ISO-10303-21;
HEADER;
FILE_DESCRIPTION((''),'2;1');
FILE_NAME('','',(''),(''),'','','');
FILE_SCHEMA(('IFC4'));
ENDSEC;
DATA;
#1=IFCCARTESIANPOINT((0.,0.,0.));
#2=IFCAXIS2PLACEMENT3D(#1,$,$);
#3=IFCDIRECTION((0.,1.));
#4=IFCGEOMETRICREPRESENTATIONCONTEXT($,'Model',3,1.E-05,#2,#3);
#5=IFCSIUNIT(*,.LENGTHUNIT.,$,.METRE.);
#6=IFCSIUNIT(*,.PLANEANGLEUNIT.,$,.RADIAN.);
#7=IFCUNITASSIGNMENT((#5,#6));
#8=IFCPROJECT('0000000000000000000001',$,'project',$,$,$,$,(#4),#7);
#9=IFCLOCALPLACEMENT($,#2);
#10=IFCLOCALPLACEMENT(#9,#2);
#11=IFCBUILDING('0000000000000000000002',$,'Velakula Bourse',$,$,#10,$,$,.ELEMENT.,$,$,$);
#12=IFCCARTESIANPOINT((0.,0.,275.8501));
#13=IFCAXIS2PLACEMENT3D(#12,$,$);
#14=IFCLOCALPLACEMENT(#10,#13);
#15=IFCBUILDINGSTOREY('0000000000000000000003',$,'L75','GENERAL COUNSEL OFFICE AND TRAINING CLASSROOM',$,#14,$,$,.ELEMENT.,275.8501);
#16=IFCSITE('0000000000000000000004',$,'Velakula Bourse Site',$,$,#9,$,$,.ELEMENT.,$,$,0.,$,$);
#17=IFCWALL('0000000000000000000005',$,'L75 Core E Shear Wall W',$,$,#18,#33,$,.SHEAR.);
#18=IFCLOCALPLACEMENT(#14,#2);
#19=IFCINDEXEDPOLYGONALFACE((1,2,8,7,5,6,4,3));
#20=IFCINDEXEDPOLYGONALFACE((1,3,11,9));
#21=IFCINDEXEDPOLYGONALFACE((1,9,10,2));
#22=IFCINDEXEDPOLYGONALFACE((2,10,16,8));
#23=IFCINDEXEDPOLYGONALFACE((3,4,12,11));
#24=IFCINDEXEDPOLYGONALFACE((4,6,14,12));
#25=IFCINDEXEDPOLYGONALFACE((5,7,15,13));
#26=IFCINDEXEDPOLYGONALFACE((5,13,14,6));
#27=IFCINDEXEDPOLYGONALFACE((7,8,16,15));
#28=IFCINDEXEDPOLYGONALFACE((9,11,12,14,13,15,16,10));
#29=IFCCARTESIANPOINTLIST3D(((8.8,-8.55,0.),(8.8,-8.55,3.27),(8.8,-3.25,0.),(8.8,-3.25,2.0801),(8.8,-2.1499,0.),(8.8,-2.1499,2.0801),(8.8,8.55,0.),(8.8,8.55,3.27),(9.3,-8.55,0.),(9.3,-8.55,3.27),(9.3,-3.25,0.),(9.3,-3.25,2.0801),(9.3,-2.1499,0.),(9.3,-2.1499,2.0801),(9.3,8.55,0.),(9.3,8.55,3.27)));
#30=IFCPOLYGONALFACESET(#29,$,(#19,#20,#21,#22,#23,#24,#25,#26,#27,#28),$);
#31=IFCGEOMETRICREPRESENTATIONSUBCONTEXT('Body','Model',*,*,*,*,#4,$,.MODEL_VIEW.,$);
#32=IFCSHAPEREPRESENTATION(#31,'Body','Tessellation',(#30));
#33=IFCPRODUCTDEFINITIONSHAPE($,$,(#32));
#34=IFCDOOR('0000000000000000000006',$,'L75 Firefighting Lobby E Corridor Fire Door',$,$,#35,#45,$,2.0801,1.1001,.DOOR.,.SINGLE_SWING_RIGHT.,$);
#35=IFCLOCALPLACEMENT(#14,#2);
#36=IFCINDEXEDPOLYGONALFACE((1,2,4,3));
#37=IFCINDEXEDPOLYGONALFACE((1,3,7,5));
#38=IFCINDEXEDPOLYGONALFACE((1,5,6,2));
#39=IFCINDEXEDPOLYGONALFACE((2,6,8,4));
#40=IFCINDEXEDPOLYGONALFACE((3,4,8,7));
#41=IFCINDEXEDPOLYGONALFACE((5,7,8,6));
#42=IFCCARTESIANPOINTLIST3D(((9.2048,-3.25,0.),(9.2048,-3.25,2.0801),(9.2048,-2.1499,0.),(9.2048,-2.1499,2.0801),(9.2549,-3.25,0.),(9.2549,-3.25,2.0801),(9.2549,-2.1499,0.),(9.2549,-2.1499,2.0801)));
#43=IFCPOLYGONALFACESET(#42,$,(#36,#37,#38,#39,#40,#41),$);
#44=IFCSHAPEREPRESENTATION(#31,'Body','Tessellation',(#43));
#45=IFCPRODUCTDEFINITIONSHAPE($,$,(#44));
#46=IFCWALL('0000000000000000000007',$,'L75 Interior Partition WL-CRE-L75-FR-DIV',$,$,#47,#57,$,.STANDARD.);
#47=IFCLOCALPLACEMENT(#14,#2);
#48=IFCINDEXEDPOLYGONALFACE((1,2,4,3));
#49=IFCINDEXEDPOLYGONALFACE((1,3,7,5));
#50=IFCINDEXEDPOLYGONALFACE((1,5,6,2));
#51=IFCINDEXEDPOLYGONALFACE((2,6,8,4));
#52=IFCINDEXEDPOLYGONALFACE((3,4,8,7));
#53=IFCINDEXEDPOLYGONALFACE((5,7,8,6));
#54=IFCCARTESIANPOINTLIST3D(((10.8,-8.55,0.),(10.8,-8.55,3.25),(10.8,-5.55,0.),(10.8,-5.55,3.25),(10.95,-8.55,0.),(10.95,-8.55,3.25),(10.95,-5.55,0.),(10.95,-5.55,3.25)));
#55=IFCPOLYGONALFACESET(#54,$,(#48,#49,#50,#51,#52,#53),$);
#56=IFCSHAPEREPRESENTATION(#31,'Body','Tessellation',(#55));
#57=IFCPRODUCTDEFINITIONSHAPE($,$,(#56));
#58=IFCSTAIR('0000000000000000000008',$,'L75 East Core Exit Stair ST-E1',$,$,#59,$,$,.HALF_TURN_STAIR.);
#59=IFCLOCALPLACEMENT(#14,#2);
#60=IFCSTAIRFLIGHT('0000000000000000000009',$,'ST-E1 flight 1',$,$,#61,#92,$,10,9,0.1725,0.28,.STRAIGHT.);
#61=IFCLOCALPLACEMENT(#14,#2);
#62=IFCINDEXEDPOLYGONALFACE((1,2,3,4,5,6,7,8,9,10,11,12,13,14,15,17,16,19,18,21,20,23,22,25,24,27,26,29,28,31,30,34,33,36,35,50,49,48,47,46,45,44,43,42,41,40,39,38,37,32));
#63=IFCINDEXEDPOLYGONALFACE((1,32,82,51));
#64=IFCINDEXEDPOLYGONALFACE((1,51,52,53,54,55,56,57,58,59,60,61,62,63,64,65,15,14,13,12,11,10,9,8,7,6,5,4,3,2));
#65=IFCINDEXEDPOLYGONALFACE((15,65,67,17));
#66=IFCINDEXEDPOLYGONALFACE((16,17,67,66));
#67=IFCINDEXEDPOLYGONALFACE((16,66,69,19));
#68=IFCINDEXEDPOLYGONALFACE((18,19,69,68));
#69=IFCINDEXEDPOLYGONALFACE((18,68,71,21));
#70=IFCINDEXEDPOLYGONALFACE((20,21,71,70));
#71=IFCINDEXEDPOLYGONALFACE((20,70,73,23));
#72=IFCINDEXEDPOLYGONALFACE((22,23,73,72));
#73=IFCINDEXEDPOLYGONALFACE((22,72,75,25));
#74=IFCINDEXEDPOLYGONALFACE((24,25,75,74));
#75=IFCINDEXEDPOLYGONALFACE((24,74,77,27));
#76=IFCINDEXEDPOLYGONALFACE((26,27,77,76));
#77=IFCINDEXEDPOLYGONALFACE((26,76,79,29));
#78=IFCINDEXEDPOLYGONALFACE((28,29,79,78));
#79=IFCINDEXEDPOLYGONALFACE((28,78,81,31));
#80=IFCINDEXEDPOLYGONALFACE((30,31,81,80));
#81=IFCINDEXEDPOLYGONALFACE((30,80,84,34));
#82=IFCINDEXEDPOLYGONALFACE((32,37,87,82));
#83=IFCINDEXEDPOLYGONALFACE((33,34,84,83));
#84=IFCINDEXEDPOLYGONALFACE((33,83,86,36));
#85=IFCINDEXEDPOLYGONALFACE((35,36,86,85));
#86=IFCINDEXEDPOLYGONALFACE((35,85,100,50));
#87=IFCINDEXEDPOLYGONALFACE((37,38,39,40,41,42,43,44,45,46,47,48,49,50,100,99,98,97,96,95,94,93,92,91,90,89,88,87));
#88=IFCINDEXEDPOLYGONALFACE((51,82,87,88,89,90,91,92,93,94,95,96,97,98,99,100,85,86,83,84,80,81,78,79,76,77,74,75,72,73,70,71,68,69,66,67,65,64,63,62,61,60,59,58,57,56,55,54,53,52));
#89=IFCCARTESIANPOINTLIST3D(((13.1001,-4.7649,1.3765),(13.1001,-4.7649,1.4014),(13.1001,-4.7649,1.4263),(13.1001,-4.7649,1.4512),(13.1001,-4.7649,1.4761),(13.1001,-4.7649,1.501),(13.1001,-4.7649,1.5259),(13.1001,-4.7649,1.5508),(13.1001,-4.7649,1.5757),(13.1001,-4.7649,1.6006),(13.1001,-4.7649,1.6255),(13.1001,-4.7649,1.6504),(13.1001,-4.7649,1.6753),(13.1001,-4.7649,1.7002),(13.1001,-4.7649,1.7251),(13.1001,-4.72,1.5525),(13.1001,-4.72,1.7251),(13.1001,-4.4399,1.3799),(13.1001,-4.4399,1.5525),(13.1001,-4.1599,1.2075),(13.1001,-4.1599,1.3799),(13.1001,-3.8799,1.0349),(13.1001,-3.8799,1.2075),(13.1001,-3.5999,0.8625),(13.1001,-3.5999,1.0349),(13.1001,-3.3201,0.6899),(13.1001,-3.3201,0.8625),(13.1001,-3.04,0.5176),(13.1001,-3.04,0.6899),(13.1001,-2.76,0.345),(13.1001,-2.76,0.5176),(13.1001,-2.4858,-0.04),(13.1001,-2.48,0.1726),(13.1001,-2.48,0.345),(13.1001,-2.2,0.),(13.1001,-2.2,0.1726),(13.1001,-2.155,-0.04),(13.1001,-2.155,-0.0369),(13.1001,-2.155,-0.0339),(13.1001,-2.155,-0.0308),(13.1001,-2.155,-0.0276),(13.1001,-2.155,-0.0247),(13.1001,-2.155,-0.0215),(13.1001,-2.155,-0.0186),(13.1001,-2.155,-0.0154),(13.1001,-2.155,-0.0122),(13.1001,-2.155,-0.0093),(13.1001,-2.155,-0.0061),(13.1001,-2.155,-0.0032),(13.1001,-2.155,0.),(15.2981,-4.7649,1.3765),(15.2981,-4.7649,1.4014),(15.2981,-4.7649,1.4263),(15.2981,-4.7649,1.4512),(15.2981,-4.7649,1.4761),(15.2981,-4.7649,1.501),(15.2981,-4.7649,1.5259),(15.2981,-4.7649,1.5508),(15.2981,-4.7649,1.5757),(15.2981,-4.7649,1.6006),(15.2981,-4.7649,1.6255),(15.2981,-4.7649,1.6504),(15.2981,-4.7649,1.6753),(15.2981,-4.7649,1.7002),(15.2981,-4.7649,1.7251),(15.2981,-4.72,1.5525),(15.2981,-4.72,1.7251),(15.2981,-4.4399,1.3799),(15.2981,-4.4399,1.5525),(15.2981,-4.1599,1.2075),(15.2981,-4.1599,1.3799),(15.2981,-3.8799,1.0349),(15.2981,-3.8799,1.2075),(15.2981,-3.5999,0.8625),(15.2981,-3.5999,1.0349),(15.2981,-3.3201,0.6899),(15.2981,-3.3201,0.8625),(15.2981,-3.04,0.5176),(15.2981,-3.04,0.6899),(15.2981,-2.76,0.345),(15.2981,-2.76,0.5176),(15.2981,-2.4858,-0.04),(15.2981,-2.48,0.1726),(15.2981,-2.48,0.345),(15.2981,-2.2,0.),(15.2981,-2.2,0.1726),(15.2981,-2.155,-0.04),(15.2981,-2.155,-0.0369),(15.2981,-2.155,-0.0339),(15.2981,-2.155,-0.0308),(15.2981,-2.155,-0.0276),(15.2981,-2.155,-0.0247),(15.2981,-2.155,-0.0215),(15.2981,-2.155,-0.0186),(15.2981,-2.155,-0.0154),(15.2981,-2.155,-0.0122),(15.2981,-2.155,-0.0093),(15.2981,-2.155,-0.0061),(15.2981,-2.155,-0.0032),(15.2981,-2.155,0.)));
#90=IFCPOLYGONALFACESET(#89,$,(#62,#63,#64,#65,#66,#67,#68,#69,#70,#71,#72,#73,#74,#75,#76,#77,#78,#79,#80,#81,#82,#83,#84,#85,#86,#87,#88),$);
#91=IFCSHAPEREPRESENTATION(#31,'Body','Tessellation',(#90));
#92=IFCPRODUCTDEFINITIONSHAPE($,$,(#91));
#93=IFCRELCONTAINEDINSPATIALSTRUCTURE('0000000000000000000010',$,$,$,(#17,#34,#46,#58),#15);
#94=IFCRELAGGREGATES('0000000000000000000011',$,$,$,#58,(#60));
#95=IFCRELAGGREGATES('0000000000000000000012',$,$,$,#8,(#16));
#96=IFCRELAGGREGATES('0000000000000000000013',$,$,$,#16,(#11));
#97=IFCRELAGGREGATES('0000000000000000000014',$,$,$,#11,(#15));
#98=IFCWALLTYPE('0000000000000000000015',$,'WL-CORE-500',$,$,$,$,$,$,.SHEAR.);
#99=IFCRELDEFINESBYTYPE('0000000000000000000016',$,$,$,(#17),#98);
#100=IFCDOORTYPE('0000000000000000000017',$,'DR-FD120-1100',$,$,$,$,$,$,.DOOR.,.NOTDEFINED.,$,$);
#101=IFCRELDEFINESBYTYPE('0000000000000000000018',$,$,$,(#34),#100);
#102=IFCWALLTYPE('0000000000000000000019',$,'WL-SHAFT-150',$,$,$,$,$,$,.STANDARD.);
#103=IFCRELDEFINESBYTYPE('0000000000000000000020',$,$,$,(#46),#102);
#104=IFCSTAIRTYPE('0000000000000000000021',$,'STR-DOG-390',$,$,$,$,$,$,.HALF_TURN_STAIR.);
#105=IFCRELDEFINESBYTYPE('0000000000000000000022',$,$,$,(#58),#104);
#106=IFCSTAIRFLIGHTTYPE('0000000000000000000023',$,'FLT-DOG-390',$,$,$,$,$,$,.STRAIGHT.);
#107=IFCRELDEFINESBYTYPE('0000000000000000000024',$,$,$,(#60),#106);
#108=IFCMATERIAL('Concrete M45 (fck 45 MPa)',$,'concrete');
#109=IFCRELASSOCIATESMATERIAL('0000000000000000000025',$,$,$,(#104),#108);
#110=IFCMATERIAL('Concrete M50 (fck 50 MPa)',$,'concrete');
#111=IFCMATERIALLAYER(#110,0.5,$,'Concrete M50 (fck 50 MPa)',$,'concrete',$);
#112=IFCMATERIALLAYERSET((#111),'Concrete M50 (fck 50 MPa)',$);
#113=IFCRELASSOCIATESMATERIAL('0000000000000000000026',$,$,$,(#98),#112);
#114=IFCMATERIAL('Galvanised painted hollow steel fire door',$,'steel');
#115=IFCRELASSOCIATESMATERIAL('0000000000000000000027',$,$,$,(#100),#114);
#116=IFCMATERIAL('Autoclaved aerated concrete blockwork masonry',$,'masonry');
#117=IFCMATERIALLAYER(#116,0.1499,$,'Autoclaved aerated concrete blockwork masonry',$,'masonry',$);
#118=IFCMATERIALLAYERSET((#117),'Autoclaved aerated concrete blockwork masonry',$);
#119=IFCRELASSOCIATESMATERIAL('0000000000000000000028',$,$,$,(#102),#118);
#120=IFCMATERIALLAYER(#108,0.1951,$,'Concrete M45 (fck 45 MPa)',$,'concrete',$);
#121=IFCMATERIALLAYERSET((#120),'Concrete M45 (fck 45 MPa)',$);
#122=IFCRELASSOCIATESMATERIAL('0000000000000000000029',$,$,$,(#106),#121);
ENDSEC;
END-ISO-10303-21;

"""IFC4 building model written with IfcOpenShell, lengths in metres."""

from ifc_helpers import new_model, si_unit, direction, frame, frame_2d, origin, place, context, subcontext, project, spatial, polyline, rectangle, outline, extrude, material, layer, layer_set, type_object, element, fill, aggregate, save


model = new_model("IFC4")

# Units and contexts
model_context = context("Model", 3, precision=1e-05, world=origin(), true_north=direction((0.0, 1.0)))
body_context = subcontext(model_context, "Body", "Model", "MODEL_VIEW")
ifc_project = project(units=[si_unit("LENGTHUNIT", "METRE"), si_unit("PLANEANGLEUNIT", "RADIAN")], contexts=[model_context])

# Site, building, storey
site_placement = place(None, origin())
site = spatial("IfcSite", under=ifc_project, at=site_placement, Name="Velakula Bourse Site", CompositionType="ELEMENT", RefElevation=0.0)
building_placement = place(site_placement, origin())
building = spatial("IfcBuilding", under=site, at=building_placement, Name="Velakula Bourse", CompositionType="ELEMENT")
storey_placement = place(building_placement, frame((0.0, 0.0, 275.8501)))
storey = spatial("IfcBuildingStorey", under=building, at=storey_placement, Name="L75", Description="GENERAL COUNSEL OFFICE AND TRAINING CLASSROOM", CompositionType="ELEMENT", Elevation=275.8501)

# Shared definitions
ifc_material_1 = material(Name="Concrete M50 (fck 50 MPa)", Category="concrete")

# Shared definitions
ifc_material_2 = material(Name="Concrete M45 (fck 45 MPa)", Category="concrete")
stair_type = type_object("IfcStairType", Name="STR-DOG-390", PredefinedType="HALF_TURN_STAIR", material=ifc_material_2)

# Shared definitions
ifc_material_3 = material(Name="Galvanised painted hollow steel fire door", Category="steel")

# Wall, opening, door
ifc_layer_1 = layer(ifc_material_1, 0.5, Name="Concrete M50 (fck 50 MPa)", Category="concrete")
ifc_layer_set_1 = layer_set([ifc_layer_1], Name="Concrete M50 (fck 50 MPa)")
wall_type_1 = type_object("IfcWallType", Name="WL-CORE-500", PredefinedType="SHEAR", material=ifc_layer_set_1)
wall_1_placement = place(storey_placement, frame((9.05, -8.55, 0.0), z_axis=(0.0, 0.0, 1.0), x_axis=(0.0, 1.0, 0.0)))
wall_1 = element("IfcWall", 1, at=wall_1_placement, inside=storey, type_object=wall_type_1, Name="L75 Core E Shear Wall W", PredefinedType="SHEAR", context=body_context, shape_type="SweptSolid", body=[
    extrude(rectangle(XDim=17.1001, YDim=0.5, at=frame_2d((8.55, 0.0))), origin(), (0.0, 0.0, 1.0), 3.27),
])
opening_1_placement = place(wall_1_placement, frame((5.3, 0.0, 0.0)))
opening_1 = element("IfcOpeningElement", 2, at=opening_1_placement, cuts=wall_1, PredefinedType="OPENING", context=body_context, shape_type="SweptSolid", body=[
    extrude(rectangle(XDim=1.1001, YDim=2.0801, at=frame_2d((0.55, 1.04))), frame((0.0, 0.26, 0.0), z_axis=(0.0, -1.0, 0.0), x_axis=(1.0, 0.0, 0.0)), (0.0, 0.0, 1.0), 0.52),
])
door_type_1 = type_object("IfcDoorType", Name="DR-FD120-1100", OperationType="NOTDEFINED", PredefinedType="DOOR", material=ifc_material_3)
door_1_placement = place(opening_1_placement, origin())
door_1 = element("IfcDoor", 3, at=door_1_placement, inside=storey, type_object=door_type_1, Name="L75 Firefighting Lobby E Corridor Fire Door", OperationType="SINGLE_SWING_RIGHT", OverallHeight=2.0801, OverallWidth=1.1001, PredefinedType="DOOR", context=body_context, shape_type="SweptSolid", body=[
    extrude(rectangle(XDim=1.1001, YDim=2.0801, at=frame_2d((0.55, 1.04))), frame((0.0, -0.1548, 0.0), z_axis=(0.0, -1.0, 0.0), x_axis=(1.0, 0.0, 0.0)), (0.0, 0.0, 1.0), 0.05),
])
fill(opening_1, door_1)

# Shared definitions
ifc_material_4 = material(Name="Autoclaved aerated concrete blockwork masonry", Category="masonry")
ifc_layer_2 = layer(ifc_material_4, 0.1499, Name="Autoclaved aerated concrete blockwork masonry", Category="masonry")
ifc_layer_set_2 = layer_set([ifc_layer_2], Name="Autoclaved aerated concrete blockwork masonry")
wall_type_2 = type_object("IfcWallType", Name="WL-SHAFT-150", PredefinedType="STANDARD", material=ifc_layer_set_2)

# Wall
wall_2_placement = place(storey_placement, frame((10.875, -8.55, 0.0), z_axis=(0.0, 0.0, 1.0), x_axis=(0.0, 1.0, 0.0)))
element("IfcWall", 4, at=wall_2_placement, inside=storey, type_object=wall_type_2, Name="L75 Interior Partition WL-CRE-L75-FR-DIV", PredefinedType="STANDARD", context=body_context, shape_type="SweptSolid", body=[
    extrude(rectangle(XDim=3.0, YDim=0.1499, at=frame_2d((1.5, 0.0))), origin(), (0.0, 0.0, 1.0), 3.25),
])

# Stair, stair flight
stair_1_placement = place(storey_placement, origin())
stair_1 = element("IfcStair", 5, at=stair_1_placement, inside=storey, type_object=stair_type, Name="L75 East Core Exit Stair ST-E1", PredefinedType="HALF_TURN_STAIR")
ifc_layer_3 = layer(ifc_material_2, 0.1951, Name="Concrete M45 (fck 45 MPa)", Category="concrete")
ifc_layer_set_3 = layer_set([ifc_layer_3], Name="Concrete M45 (fck 45 MPa)")
stair_flight_type = type_object("IfcStairFlightType", Name="FLT-DOG-390", PredefinedType="STRAIGHT", material=ifc_layer_set_3)
stair_flight_placement = place(storey_placement, frame((14.199, -2.2, 0.0), z_axis=(0.0, 0.0, 1.0), x_axis=(0.0, -1.0, 0.0)))
stair_flight = element("IfcStairFlight", 6, at=stair_flight_placement, type_object=stair_flight_type, Name="ST-E1 flight 1", NumberOfRisers=10, NumberOfTreads=9, PredefinedType="STRAIGHT", RiserHeight=0.1725, TreadLength=0.28, context=body_context, shape_type="SweptSolid", body=[
    extrude(outline(polyline([(-0.0449, -0.04), (-0.0449, -0.0369), (-0.0449, -0.0339), (-0.0449, -0.0308), (-0.0449, -0.0276), (-0.0449, -0.0247), (-0.0449, -0.0215), (-0.0449, -0.0186), (-0.0449, -0.0154), (-0.0449, -0.0122), (-0.0449, -0.0093), (-0.0449, -0.0061), (-0.0449, -0.0032), (-0.0449, 0.0), (0.0, 0.0), (0.0, 0.1726), (0.28, 0.1726), (0.28, 0.345), (0.5601, 0.345), (0.5601, 0.5176), (0.8401, 0.5176), (0.8401, 0.6899), (1.1201, 0.6899), (1.1201, 0.8625), (1.3999, 0.8625), (1.3999, 1.0349), (1.6799, 1.0349), (1.6799, 1.2075), (1.96, 1.2075), (1.96, 1.3799), (2.24, 1.3799), (2.24, 1.5525), (2.52, 1.5525), (2.52, 1.7251), (2.5649, 1.7251), (2.5649, 1.7002), (2.5649, 1.6753), (2.5649, 1.6504), (2.5649, 1.6255), (2.5649, 1.6006), (2.5649, 1.5757), (2.5649, 1.5508), (2.5649, 1.5259), (2.5649, 1.501), (2.5649, 1.4761), (2.5649, 1.4512), (2.5649, 1.4263), (2.5649, 1.4014), (2.5649, 1.3765), (0.2859, -0.04), (-0.0449, -0.04)])), frame((0.0, 1.0991, 0.0), z_axis=(0.0, -1.0, 0.0), x_axis=(1.0, 0.0, 0.0)), (0.0, 0.0, 1.0), 2.198),
])
aggregate(stair_1, [stair_flight])

save(model, "model.ifc")
